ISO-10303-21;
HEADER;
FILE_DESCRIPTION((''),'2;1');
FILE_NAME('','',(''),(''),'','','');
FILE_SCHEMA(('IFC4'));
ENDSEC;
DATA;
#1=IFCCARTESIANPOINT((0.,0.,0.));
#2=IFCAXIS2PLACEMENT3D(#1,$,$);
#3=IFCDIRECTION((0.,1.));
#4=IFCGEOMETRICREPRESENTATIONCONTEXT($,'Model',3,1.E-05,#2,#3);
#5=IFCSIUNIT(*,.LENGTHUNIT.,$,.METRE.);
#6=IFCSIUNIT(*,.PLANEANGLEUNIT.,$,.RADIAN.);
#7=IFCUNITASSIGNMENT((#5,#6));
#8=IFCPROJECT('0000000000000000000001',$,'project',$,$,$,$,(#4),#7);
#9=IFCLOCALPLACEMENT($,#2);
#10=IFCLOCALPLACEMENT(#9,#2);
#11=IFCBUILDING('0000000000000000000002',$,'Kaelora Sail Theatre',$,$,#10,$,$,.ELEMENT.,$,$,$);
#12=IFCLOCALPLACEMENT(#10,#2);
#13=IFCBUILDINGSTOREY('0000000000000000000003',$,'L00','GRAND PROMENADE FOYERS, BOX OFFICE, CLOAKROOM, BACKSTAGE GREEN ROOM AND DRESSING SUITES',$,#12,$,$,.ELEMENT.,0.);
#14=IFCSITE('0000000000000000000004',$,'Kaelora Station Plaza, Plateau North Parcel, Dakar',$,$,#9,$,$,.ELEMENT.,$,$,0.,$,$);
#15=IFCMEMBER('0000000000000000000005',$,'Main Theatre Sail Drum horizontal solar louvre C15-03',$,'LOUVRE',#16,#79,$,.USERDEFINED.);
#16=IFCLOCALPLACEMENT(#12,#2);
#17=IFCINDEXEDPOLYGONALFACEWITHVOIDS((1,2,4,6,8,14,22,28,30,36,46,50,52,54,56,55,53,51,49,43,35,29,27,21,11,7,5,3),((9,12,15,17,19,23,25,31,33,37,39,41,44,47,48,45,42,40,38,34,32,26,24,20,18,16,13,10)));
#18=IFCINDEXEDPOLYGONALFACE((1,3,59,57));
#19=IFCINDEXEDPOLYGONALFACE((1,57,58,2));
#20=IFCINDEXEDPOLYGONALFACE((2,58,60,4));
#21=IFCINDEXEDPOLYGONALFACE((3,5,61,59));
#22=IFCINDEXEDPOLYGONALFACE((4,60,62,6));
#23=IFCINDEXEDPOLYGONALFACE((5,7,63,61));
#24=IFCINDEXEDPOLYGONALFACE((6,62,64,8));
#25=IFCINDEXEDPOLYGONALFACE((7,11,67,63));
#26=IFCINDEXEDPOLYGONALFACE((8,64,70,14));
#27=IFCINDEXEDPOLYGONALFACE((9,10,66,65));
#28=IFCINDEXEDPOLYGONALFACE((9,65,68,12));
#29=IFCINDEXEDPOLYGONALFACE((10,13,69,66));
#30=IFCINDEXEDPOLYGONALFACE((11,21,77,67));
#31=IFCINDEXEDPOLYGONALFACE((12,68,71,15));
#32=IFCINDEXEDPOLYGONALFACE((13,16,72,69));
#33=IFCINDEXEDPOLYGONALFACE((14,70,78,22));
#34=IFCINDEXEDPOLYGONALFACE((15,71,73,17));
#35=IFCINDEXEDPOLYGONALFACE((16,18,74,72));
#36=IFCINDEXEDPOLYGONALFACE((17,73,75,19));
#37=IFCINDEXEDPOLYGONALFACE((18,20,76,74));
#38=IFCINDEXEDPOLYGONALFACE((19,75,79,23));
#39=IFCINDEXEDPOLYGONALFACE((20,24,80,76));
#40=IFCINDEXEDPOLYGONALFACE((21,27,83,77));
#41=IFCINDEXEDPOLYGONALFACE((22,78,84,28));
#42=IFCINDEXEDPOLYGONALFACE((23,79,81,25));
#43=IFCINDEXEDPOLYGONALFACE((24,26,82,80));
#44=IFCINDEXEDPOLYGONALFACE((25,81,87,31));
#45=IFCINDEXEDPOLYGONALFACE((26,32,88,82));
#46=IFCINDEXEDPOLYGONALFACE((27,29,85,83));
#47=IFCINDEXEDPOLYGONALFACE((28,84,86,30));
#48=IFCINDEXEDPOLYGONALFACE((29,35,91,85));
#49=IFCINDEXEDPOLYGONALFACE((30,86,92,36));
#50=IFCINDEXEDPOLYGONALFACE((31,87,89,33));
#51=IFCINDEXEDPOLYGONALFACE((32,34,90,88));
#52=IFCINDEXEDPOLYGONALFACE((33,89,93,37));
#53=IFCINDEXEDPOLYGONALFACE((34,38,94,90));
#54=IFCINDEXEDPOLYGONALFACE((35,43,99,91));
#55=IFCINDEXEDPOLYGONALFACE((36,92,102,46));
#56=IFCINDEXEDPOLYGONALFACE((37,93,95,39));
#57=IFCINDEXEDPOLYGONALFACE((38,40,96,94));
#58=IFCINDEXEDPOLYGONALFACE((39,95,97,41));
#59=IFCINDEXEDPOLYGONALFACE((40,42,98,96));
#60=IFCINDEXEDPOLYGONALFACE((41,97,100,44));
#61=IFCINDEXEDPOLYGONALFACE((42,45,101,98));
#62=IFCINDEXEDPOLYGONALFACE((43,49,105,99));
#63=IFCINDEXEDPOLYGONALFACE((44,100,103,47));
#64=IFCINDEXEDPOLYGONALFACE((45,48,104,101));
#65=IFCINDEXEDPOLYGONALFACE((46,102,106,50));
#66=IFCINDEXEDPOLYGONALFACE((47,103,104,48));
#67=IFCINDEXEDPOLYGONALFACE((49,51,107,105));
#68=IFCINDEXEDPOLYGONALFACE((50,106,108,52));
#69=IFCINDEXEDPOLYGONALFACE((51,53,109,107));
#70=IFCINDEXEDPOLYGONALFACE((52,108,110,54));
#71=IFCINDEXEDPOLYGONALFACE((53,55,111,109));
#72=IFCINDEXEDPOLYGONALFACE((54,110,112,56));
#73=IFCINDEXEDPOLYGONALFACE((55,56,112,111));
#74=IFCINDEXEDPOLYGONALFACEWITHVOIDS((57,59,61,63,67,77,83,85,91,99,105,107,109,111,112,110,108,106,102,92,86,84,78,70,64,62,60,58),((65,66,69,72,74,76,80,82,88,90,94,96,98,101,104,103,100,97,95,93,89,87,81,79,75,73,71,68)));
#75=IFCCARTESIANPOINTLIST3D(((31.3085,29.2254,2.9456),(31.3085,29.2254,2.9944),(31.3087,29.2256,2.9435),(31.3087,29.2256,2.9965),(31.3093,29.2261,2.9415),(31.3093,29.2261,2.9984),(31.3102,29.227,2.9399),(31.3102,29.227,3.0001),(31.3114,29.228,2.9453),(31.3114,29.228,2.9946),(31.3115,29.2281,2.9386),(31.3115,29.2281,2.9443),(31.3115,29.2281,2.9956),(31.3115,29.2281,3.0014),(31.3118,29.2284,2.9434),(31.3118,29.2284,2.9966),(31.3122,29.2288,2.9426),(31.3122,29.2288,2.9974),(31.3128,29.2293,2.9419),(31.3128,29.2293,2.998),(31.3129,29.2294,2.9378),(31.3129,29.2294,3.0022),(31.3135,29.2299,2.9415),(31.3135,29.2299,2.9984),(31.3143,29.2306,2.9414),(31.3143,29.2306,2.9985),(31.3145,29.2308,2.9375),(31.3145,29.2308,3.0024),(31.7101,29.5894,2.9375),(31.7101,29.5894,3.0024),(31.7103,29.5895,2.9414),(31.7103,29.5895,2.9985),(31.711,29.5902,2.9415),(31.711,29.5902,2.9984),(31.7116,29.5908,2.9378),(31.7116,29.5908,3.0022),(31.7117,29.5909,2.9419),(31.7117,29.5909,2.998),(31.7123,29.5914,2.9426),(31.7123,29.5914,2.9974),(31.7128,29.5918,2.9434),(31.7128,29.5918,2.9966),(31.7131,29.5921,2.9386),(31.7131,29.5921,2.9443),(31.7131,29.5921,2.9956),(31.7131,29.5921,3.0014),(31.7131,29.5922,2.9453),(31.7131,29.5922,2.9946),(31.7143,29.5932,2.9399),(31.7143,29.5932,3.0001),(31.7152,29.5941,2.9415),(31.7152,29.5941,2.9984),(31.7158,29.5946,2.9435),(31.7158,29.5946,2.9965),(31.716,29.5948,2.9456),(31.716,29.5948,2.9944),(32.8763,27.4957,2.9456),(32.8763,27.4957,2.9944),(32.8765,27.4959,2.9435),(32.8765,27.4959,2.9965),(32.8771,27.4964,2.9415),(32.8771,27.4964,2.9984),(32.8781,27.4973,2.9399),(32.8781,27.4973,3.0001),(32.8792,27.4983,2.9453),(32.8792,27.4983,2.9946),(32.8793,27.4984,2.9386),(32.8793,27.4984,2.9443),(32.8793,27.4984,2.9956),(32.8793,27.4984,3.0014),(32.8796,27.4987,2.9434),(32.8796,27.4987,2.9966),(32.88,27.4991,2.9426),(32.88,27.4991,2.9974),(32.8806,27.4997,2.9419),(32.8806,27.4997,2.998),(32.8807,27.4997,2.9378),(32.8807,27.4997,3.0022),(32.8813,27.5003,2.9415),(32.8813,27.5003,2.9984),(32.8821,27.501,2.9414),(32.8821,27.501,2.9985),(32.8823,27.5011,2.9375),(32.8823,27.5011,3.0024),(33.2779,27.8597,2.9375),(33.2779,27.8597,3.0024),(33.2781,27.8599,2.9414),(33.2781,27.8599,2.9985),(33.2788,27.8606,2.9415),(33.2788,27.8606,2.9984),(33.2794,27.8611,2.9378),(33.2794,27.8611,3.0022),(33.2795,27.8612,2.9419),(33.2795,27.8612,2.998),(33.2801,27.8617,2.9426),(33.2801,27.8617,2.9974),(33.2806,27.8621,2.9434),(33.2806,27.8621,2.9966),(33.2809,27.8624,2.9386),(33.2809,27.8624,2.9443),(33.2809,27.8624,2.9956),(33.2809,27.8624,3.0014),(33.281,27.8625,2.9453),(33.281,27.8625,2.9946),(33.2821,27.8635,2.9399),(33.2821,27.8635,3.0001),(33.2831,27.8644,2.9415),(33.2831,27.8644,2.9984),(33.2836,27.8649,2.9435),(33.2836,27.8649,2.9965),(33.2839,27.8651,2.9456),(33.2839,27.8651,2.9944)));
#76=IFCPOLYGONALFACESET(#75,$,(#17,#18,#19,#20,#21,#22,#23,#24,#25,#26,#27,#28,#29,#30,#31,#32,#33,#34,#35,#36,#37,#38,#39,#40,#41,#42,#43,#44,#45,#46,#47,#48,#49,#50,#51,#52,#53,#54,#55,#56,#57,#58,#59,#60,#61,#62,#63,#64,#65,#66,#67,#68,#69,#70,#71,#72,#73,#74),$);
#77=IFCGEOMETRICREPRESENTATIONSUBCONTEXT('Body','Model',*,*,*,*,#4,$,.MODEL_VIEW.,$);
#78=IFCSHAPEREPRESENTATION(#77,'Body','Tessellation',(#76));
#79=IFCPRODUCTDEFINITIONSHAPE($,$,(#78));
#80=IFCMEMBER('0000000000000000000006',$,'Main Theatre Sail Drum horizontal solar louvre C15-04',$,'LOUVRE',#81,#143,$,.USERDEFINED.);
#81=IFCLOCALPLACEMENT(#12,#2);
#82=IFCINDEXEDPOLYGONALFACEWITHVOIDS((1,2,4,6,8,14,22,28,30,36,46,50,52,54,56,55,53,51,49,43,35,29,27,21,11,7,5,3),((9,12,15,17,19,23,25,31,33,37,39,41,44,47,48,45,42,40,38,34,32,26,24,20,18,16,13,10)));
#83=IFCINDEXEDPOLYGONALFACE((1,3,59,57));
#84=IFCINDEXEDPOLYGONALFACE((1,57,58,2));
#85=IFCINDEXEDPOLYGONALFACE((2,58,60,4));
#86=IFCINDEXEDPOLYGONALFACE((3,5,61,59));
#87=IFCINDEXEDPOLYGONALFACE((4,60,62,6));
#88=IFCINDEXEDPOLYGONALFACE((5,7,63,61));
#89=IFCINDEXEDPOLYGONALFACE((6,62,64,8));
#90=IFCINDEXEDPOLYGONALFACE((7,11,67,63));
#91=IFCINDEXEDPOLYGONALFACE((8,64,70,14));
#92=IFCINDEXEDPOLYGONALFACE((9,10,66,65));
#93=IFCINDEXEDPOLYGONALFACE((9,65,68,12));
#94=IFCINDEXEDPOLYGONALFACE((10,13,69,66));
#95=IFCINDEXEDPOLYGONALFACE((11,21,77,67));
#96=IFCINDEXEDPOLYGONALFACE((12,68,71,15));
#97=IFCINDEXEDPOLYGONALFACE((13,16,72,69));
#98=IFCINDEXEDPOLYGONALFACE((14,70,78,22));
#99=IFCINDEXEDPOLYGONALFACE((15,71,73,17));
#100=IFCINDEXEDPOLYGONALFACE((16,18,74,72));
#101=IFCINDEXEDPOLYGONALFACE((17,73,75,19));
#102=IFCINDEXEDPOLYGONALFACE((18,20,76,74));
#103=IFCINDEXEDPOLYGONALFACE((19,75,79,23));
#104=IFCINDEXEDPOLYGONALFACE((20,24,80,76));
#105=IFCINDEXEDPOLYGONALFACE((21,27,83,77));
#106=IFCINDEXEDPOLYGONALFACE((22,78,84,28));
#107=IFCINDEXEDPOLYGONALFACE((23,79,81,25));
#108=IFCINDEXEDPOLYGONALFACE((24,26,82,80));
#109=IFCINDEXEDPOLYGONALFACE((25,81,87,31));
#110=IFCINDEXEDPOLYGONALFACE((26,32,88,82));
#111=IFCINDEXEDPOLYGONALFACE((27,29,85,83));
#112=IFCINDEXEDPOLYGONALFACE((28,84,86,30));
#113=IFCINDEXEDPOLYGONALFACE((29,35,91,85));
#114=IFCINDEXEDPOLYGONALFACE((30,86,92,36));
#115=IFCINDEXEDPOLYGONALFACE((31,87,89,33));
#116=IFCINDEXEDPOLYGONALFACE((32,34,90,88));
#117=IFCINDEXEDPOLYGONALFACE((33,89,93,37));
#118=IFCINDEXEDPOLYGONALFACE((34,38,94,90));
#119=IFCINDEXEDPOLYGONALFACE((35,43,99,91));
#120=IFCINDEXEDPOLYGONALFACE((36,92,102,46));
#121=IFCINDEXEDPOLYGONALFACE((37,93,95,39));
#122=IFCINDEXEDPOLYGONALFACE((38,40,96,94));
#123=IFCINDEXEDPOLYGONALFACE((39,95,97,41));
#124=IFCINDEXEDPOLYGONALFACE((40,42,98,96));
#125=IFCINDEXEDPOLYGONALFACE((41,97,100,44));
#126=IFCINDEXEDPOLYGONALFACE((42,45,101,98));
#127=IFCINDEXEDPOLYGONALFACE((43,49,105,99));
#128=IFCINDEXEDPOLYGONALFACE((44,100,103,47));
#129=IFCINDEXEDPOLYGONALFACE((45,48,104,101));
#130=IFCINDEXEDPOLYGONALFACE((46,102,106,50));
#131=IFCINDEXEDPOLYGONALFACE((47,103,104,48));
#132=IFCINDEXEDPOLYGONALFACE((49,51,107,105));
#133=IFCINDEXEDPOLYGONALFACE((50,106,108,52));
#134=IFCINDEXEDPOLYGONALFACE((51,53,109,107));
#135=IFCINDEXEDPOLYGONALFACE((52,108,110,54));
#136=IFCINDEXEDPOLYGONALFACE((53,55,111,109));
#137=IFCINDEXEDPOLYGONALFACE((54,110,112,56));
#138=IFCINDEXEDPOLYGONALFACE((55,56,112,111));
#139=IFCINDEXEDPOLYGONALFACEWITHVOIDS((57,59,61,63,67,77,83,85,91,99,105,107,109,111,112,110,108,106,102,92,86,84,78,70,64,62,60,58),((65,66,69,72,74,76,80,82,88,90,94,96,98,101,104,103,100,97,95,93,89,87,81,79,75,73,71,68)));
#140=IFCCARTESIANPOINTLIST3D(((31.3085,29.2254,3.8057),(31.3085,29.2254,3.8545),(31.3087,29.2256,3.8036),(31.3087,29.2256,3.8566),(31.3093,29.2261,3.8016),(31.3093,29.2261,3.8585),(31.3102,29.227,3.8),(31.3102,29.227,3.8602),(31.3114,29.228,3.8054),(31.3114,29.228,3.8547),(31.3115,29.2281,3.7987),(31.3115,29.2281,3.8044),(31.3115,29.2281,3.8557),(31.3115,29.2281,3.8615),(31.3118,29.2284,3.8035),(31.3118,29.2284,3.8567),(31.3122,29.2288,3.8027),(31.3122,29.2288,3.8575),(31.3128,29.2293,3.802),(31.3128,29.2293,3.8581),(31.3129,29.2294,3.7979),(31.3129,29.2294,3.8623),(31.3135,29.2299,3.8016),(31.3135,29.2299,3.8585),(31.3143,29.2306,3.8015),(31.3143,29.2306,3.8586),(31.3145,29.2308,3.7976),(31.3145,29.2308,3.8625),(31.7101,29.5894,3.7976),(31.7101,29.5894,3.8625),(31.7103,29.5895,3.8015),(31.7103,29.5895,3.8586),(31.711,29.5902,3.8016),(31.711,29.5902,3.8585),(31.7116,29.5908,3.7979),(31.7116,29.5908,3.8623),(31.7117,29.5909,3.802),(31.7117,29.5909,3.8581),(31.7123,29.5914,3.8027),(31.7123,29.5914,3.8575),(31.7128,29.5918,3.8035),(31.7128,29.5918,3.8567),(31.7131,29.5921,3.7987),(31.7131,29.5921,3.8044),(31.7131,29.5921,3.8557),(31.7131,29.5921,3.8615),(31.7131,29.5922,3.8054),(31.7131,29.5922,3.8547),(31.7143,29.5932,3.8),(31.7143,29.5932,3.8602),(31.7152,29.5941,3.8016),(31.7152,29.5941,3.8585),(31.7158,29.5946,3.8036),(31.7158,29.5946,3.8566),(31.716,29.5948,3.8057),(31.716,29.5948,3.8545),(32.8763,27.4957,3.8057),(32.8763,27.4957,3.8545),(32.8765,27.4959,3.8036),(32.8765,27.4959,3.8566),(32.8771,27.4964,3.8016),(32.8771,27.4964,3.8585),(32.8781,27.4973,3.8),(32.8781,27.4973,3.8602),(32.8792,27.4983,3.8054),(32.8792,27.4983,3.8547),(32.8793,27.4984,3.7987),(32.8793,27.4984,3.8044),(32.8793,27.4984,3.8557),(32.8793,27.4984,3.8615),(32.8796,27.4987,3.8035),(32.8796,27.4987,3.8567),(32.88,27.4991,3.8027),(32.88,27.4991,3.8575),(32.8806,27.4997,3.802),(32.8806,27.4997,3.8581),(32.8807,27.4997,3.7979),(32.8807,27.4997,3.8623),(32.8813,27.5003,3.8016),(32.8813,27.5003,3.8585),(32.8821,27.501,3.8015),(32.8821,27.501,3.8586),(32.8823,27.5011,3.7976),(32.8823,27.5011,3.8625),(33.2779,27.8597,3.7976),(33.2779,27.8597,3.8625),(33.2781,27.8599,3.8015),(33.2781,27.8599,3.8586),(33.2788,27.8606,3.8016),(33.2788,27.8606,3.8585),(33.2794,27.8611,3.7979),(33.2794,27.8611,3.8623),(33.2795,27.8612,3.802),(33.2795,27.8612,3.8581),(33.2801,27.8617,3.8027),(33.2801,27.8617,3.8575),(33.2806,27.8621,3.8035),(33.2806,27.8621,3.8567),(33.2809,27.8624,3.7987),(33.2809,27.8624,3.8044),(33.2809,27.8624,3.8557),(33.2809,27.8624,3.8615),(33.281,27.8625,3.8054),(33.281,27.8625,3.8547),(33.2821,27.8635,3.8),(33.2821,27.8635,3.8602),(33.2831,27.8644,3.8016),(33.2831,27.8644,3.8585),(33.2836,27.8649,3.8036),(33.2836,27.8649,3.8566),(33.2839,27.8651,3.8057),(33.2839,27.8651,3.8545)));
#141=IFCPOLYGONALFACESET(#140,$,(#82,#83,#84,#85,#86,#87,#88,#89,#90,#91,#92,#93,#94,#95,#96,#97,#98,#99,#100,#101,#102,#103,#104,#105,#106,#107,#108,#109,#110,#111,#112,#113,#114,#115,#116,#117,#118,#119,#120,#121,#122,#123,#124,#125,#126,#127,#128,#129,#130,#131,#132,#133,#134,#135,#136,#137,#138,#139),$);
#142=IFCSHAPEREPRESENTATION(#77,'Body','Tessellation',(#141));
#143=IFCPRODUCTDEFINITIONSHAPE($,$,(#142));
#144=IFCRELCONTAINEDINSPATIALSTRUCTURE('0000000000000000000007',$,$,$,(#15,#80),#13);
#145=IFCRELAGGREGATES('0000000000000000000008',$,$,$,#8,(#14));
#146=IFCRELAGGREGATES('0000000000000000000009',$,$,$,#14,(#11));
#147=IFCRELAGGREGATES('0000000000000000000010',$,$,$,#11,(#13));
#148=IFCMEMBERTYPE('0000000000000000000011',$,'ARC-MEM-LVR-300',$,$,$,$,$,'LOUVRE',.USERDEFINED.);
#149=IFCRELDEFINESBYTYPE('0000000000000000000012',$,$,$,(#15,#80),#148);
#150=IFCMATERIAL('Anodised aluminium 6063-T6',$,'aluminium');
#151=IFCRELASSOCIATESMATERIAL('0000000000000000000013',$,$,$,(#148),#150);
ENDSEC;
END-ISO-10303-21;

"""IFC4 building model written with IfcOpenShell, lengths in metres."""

from ifc_helpers import new_model, si_unit, direction, frame, origin, origin_2d, place, context, subcontext, project, spatial, hollow_rectangle, extrude, material, material_profile, profile_set, type_object, element, save


model = new_model("IFC4")

# Units and contexts
model_context = context("Model", 3, precision=1e-05, world=origin(), true_north=direction((0.0, 1.0)))
body_context = subcontext(model_context, "Body", "Model", "MODEL_VIEW")
ifc_project = project(units=[si_unit("LENGTHUNIT", "METRE"), si_unit("PLANEANGLEUNIT", "RADIAN")], contexts=[model_context])

# Site, building, storey
site_placement = place(None, origin())
site = spatial("IfcSite", under=ifc_project, at=site_placement, Name="Kaelora Station Plaza, Plateau North Parcel, Dakar", CompositionType="ELEMENT", RefElevation=0.0)
building_placement = place(site_placement, origin())
building = spatial("IfcBuilding", under=site, at=building_placement, Name="Kaelora Sail Theatre", CompositionType="ELEMENT")
storey_placement = place(building_placement, origin())
storey = spatial("IfcBuildingStorey", under=building, at=storey_placement, Name="L00", Description="GRAND PROMENADE FOYERS, BOX OFFICE, CLOAKROOM, BACKSTAGE GREEN ROOM AND DRESSING SUITES", CompositionType="ELEMENT", Elevation=0.0)

# Members
ifc_material_1 = material(Name="Anodised aluminium 6063-T6", Category="aluminium")
ifc_material_profile_1 = material_profile(ifc_material_1, hollow_rectangle(XDim=0.55, YDim=0.0649, WallThickness=0.0039, InnerFilletRadius=0.0039, OuterFilletRadius=0.0081, at=origin_2d()), Name="LOUVRE 550x65x4")
ifc_profile_set_1 = profile_set([ifc_material_profile_1], Name="Anodised aluminium 6063-T6")
member_type_1 = type_object("IfcMemberType", Name="ARC-MEM-LVR-300", ElementType="LOUVRE", PredefinedType="USERDEFINED", material=ifc_profile_set_1)
for number, where, z_axis, x_axis, name in (
    (1, (33.0801, 27.6804, 2.97), (-0.671589, 0.740924, 0.0), (-0.740924, -0.671589, 0.0), "Main Theatre Sail Drum horizontal solar louvre C15-03"),
    (2, (33.0801, 27.6804, 3.8301), (-0.671589, 0.740924, 0.0), (-0.740924, -0.671589, 0.0), "Main Theatre Sail Drum horizontal solar louvre C15-04"),
):
    element("IfcMember", number, at=place(storey_placement, frame(where, z_axis=z_axis, x_axis=x_axis)), inside=storey, type_object=member_type_1, Name=name, ObjectType="LOUVRE", PredefinedType="USERDEFINED", context=body_context, shape_type="SweptSolid", body=[
        extrude(hollow_rectangle(XDim=0.55, YDim=0.0649, WallThickness=0.0039, InnerFilletRadius=0.0039, OuterFilletRadius=0.0081, at=origin_2d()), origin(), (0.0, 0.0, 1.0), 2.3345),
    ])

save(model, "model.ifc")
